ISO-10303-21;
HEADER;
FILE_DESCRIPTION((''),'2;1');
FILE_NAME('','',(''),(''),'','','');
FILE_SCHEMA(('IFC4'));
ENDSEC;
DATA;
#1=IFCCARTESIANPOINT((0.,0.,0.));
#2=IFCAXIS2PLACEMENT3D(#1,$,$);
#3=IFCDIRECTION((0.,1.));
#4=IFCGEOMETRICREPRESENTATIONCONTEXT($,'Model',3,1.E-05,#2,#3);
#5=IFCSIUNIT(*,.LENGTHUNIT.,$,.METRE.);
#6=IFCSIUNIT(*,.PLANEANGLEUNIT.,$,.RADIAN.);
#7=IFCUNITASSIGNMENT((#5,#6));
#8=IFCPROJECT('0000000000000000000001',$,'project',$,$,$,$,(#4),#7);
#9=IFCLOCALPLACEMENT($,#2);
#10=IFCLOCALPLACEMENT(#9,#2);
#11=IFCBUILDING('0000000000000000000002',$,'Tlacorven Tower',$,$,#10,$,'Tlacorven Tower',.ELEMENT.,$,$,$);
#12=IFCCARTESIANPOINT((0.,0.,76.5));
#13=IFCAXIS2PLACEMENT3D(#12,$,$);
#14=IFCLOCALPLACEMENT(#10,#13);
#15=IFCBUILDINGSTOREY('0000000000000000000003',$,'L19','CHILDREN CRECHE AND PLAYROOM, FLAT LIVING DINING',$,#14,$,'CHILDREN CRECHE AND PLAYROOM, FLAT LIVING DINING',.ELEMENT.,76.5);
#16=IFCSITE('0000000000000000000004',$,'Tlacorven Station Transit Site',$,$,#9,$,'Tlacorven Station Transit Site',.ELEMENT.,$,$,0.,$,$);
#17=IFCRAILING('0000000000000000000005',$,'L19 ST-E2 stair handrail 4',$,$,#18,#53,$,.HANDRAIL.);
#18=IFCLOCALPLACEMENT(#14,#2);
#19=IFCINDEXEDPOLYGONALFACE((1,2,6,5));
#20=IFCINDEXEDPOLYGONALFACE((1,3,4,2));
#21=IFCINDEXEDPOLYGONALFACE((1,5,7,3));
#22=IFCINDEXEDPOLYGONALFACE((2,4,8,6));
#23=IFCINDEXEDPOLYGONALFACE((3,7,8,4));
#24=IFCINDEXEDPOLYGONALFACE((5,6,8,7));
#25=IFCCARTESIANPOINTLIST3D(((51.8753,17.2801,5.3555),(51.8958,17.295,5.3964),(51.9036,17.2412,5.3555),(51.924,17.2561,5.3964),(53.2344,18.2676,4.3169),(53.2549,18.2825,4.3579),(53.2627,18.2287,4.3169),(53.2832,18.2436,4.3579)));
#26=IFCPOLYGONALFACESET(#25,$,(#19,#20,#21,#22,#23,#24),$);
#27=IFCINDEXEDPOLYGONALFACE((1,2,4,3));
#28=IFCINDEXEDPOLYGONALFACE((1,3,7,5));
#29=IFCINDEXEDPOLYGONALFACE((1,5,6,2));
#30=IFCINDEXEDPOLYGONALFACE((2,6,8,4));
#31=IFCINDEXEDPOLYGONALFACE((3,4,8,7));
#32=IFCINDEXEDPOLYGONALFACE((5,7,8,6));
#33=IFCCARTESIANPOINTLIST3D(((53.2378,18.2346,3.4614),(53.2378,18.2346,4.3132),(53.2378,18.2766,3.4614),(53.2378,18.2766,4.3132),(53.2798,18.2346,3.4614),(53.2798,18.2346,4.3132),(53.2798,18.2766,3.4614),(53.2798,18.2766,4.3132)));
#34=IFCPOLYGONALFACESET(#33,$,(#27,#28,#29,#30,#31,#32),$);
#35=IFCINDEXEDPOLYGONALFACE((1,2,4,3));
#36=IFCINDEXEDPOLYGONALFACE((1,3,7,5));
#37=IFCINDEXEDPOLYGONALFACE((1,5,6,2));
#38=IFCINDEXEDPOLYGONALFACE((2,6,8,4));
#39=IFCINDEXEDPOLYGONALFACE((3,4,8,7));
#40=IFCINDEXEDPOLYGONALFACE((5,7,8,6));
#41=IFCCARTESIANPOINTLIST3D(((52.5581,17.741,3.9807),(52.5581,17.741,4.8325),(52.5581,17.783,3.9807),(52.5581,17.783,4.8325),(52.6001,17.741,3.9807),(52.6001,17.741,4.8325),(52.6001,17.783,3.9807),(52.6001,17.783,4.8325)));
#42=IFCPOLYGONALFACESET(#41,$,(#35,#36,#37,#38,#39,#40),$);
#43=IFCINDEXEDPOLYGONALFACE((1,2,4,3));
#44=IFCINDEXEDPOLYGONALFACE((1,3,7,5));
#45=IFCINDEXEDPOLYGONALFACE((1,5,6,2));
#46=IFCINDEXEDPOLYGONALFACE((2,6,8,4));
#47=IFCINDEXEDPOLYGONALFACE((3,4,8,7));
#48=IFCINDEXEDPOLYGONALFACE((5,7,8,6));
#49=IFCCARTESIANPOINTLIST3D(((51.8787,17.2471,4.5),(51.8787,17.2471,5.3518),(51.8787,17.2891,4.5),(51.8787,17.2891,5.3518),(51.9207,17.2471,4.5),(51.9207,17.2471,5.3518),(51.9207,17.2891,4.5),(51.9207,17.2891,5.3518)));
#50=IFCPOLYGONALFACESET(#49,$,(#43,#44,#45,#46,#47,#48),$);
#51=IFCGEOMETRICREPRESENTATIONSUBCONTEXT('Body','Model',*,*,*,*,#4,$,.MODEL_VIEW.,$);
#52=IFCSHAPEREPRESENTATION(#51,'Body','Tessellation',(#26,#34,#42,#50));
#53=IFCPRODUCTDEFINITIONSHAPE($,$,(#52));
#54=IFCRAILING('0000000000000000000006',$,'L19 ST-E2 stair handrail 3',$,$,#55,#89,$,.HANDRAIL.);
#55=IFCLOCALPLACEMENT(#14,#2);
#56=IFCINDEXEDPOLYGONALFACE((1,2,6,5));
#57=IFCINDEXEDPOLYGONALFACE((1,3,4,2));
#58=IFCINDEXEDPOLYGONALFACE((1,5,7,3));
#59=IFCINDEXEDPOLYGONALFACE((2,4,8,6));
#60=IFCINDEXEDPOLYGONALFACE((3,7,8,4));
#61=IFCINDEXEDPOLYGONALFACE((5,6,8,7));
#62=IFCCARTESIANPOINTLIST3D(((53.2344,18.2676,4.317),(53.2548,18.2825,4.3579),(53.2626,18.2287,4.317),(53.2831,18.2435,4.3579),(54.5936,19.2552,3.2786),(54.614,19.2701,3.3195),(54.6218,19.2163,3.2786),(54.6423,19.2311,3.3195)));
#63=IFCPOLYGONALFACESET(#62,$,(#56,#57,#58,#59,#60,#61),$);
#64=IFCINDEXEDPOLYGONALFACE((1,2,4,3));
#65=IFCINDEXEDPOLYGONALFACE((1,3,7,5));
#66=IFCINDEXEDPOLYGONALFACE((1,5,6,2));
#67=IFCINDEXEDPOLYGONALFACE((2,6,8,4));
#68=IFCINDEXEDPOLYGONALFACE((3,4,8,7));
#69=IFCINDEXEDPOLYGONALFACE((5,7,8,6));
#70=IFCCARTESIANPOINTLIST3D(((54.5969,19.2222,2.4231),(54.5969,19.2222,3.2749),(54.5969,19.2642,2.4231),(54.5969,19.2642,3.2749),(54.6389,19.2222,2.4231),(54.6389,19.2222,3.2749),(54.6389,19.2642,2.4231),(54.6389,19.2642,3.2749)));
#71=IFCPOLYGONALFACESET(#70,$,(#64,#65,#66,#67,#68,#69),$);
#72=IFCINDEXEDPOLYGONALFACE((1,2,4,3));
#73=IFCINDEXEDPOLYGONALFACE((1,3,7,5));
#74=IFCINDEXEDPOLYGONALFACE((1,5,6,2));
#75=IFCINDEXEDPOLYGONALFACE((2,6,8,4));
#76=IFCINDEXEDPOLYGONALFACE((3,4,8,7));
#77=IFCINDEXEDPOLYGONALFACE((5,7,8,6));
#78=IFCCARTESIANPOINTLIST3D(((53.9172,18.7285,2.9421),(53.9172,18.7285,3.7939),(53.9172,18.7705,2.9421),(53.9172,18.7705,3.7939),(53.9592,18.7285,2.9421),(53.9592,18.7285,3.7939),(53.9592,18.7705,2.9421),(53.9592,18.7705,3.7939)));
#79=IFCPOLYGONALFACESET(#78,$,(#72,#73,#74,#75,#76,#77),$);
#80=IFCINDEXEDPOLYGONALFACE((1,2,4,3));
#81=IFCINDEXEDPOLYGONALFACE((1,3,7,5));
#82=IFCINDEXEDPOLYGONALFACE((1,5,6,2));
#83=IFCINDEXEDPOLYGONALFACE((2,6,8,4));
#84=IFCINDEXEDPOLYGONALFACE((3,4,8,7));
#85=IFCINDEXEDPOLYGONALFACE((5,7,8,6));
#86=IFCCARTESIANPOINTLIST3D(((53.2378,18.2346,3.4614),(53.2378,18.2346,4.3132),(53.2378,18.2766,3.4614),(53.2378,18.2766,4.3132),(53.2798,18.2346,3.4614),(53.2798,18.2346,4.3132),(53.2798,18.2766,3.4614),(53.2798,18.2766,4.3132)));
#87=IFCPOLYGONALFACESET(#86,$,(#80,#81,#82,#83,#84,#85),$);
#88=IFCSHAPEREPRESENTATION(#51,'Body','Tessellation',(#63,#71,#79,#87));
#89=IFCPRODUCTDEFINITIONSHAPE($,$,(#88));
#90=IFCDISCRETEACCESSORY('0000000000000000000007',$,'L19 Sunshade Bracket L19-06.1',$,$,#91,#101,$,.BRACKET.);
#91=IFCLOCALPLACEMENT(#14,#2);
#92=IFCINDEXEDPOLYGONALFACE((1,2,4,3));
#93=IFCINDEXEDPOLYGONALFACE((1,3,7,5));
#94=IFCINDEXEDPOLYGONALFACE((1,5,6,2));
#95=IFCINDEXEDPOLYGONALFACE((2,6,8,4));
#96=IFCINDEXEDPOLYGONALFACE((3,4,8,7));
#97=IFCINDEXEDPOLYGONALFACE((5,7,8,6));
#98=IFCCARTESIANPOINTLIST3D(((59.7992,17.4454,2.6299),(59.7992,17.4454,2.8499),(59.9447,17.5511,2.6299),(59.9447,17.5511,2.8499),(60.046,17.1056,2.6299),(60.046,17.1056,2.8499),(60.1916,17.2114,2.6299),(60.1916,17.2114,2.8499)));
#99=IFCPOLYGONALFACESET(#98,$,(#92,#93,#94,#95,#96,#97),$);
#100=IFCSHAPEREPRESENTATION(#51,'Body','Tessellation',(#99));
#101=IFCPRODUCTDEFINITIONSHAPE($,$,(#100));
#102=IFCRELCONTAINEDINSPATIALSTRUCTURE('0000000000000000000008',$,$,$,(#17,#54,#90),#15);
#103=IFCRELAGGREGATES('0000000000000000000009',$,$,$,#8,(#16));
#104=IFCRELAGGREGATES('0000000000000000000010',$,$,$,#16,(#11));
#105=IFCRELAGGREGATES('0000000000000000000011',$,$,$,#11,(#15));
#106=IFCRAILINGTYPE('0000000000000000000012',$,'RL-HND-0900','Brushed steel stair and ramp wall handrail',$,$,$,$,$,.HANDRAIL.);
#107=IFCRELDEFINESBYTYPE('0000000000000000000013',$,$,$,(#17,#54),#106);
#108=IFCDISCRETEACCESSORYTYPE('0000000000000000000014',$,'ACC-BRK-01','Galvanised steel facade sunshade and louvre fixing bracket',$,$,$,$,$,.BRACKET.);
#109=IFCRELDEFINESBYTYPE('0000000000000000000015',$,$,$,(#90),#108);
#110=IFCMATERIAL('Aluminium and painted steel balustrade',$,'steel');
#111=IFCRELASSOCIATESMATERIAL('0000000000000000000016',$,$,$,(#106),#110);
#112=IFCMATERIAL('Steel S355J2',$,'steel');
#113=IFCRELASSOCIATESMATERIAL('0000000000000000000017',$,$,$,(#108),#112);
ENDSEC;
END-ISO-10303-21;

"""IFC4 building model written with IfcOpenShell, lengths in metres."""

from ifc_helpers import new_model, si_unit, direction, frame, origin, origin_2d, place, context, subcontext, project, spatial, rectangle, extrude, source, transform, mapped, material, type_object, element, save


model = new_model("IFC4")

# Units and contexts
model_context = context("Model", 3, precision=1e-05, world=origin(), true_north=direction((0.0, 1.0)))
body_context = subcontext(model_context, "Body", "Model", "MODEL_VIEW")
ifc_project = project(units=[si_unit("LENGTHUNIT", "METRE"), si_unit("PLANEANGLEUNIT", "RADIAN")], contexts=[model_context])

# Site, building, storey
site_placement = place(None, origin())
site = spatial("IfcSite", under=ifc_project, at=site_placement, Name="Tlacorven Station Transit Site", LongName="Tlacorven Station Transit Site", CompositionType="ELEMENT", RefElevation=0.0)
building_placement = place(site_placement, origin())
building = spatial("IfcBuilding", under=site, at=building_placement, Name="Tlacorven Tower", LongName="Tlacorven Tower", CompositionType="ELEMENT")
storey_placement = place(building_placement, frame((0.0, 0.0, 76.5)))
storey = spatial("IfcBuildingStorey", under=building, at=storey_placement, Name="L19", Description="CHILDREN CRECHE AND PLAYROOM, FLAT LIVING DINING", LongName="CHILDREN CRECHE AND PLAYROOM, FLAT LIVING DINING", CompositionType="ELEMENT", Elevation=76.5)

# Shared definitions
ifc_material_1 = material(Name="Steel S355J2", Category="steel")

# Shared definitions
ifc_material_2 = material(Name="Aluminium and painted steel balustrade", Category="steel")

# Railings
railing_type_1 = type_object("IfcRailingType", Name="RL-HND-0900", Description="Brushed steel stair and ramp wall handrail", PredefinedType="HANDRAIL", material=ifc_material_2)
shared_shape_1 = source(origin(), body_context, "Body", "SweptSolid", [
    extrude(rectangle(XDim=0.0481, YDim=0.0481, at=origin_2d()), frame((0.0, 0.0, 0.876), z_axis=(-0.688123, -0.499993, 0.525827), x_axis=(0.587817, -0.808994, 0.0)), (0.0, 0.0, 1.0), 1.9751),
    extrude(rectangle(XDim=0.042, YDim=0.042, at=origin_2d()), origin(), (0.0, 0.0, 1.0), 0.8518),
    extrude(rectangle(XDim=0.042, YDim=0.042, at=origin_2d()), frame((-0.6797, -0.4937, 0.5193)), (0.0, 0.0, 1.0), 0.8518),
    extrude(rectangle(XDim=0.042, YDim=0.042, at=origin_2d()), frame((-1.3591, -0.9875, 1.0386)), (0.0, 0.0, 1.0), 0.8518),
])
railing_1_placement = place(storey_placement, frame((53.2588, 18.2556, 3.4614)))
element("IfcRailing", 1, at=railing_1_placement, inside=storey, type_object=railing_type_1, Name="L19 ST-E2 stair handrail 4", PredefinedType="HANDRAIL", context=body_context, shape_type="MappedRepresentation", body=[
    mapped(shared_shape_1, transform((0.0, 0.0, 0.0), scale=1.0)),
])
shared_shape_2 = source(origin(), body_context, "Body", "SweptSolid", [
    extrude(rectangle(XDim=0.0481, YDim=0.0481, at=origin_2d()), frame((0.0, 0.0, 0.876), z_axis=(-0.688168, -0.500025, 0.525737), x_axis=(0.587817, -0.808994, 0.0)), (0.0, 0.0, 1.0), 1.9751),
    extrude(rectangle(XDim=0.042, YDim=0.042, at=origin_2d()), origin(), (0.0, 0.0, 1.0), 0.8518),
    extrude(rectangle(XDim=0.042, YDim=0.042, at=origin_2d()), frame((-0.6797, -0.4937, 0.519)), (0.0, 0.0, 1.0), 0.8518),
    extrude(rectangle(XDim=0.042, YDim=0.042, at=origin_2d()), frame((-1.3591, -0.9875, 1.0383)), (0.0, 0.0, 1.0), 0.8518),
])
railing_2_placement = place(storey_placement, frame((54.6179, 19.2432, 2.4231)))
element("IfcRailing", 2, at=railing_2_placement, inside=storey, type_object=railing_type_1, Name="L19 ST-E2 stair handrail 3", PredefinedType="HANDRAIL", context=body_context, shape_type="MappedRepresentation", body=[
    mapped(shared_shape_2, transform((0.0, 0.0, 0.0), scale=1.0)),
])

# Discrete accessory
discrete_accessory_type = type_object("IfcDiscreteAccessoryType", Name="ACC-BRK-01", Description="Galvanised steel facade sunshade and louvre fixing bracket", PredefinedType="BRACKET", material=ifc_material_1)
shared_shape_3 = source(origin(), body_context, "Body", "SweptSolid", [
    extrude(rectangle(XDim=0.1799, YDim=0.4199, at=origin_2d()), origin(), (0.0, 0.0, 1.0), 0.22),
])
discrete_accessory_placement = place(storey_placement, frame((59.9954, 17.3284, 2.6299), z_axis=(0.0, 0.0, 1.0), x_axis=(-0.809017, -0.587785, 0.0)))
element("IfcDiscreteAccessory", 3, at=discrete_accessory_placement, inside=storey, type_object=discrete_accessory_type, Name="L19 Sunshade Bracket L19-06.1", PredefinedType="BRACKET", context=body_context, shape_type="MappedRepresentation", body=[
    mapped(shared_shape_3, transform((0.0, 0.0, 0.0), scale=1.0)),
])

save(model, "model.ifc")
